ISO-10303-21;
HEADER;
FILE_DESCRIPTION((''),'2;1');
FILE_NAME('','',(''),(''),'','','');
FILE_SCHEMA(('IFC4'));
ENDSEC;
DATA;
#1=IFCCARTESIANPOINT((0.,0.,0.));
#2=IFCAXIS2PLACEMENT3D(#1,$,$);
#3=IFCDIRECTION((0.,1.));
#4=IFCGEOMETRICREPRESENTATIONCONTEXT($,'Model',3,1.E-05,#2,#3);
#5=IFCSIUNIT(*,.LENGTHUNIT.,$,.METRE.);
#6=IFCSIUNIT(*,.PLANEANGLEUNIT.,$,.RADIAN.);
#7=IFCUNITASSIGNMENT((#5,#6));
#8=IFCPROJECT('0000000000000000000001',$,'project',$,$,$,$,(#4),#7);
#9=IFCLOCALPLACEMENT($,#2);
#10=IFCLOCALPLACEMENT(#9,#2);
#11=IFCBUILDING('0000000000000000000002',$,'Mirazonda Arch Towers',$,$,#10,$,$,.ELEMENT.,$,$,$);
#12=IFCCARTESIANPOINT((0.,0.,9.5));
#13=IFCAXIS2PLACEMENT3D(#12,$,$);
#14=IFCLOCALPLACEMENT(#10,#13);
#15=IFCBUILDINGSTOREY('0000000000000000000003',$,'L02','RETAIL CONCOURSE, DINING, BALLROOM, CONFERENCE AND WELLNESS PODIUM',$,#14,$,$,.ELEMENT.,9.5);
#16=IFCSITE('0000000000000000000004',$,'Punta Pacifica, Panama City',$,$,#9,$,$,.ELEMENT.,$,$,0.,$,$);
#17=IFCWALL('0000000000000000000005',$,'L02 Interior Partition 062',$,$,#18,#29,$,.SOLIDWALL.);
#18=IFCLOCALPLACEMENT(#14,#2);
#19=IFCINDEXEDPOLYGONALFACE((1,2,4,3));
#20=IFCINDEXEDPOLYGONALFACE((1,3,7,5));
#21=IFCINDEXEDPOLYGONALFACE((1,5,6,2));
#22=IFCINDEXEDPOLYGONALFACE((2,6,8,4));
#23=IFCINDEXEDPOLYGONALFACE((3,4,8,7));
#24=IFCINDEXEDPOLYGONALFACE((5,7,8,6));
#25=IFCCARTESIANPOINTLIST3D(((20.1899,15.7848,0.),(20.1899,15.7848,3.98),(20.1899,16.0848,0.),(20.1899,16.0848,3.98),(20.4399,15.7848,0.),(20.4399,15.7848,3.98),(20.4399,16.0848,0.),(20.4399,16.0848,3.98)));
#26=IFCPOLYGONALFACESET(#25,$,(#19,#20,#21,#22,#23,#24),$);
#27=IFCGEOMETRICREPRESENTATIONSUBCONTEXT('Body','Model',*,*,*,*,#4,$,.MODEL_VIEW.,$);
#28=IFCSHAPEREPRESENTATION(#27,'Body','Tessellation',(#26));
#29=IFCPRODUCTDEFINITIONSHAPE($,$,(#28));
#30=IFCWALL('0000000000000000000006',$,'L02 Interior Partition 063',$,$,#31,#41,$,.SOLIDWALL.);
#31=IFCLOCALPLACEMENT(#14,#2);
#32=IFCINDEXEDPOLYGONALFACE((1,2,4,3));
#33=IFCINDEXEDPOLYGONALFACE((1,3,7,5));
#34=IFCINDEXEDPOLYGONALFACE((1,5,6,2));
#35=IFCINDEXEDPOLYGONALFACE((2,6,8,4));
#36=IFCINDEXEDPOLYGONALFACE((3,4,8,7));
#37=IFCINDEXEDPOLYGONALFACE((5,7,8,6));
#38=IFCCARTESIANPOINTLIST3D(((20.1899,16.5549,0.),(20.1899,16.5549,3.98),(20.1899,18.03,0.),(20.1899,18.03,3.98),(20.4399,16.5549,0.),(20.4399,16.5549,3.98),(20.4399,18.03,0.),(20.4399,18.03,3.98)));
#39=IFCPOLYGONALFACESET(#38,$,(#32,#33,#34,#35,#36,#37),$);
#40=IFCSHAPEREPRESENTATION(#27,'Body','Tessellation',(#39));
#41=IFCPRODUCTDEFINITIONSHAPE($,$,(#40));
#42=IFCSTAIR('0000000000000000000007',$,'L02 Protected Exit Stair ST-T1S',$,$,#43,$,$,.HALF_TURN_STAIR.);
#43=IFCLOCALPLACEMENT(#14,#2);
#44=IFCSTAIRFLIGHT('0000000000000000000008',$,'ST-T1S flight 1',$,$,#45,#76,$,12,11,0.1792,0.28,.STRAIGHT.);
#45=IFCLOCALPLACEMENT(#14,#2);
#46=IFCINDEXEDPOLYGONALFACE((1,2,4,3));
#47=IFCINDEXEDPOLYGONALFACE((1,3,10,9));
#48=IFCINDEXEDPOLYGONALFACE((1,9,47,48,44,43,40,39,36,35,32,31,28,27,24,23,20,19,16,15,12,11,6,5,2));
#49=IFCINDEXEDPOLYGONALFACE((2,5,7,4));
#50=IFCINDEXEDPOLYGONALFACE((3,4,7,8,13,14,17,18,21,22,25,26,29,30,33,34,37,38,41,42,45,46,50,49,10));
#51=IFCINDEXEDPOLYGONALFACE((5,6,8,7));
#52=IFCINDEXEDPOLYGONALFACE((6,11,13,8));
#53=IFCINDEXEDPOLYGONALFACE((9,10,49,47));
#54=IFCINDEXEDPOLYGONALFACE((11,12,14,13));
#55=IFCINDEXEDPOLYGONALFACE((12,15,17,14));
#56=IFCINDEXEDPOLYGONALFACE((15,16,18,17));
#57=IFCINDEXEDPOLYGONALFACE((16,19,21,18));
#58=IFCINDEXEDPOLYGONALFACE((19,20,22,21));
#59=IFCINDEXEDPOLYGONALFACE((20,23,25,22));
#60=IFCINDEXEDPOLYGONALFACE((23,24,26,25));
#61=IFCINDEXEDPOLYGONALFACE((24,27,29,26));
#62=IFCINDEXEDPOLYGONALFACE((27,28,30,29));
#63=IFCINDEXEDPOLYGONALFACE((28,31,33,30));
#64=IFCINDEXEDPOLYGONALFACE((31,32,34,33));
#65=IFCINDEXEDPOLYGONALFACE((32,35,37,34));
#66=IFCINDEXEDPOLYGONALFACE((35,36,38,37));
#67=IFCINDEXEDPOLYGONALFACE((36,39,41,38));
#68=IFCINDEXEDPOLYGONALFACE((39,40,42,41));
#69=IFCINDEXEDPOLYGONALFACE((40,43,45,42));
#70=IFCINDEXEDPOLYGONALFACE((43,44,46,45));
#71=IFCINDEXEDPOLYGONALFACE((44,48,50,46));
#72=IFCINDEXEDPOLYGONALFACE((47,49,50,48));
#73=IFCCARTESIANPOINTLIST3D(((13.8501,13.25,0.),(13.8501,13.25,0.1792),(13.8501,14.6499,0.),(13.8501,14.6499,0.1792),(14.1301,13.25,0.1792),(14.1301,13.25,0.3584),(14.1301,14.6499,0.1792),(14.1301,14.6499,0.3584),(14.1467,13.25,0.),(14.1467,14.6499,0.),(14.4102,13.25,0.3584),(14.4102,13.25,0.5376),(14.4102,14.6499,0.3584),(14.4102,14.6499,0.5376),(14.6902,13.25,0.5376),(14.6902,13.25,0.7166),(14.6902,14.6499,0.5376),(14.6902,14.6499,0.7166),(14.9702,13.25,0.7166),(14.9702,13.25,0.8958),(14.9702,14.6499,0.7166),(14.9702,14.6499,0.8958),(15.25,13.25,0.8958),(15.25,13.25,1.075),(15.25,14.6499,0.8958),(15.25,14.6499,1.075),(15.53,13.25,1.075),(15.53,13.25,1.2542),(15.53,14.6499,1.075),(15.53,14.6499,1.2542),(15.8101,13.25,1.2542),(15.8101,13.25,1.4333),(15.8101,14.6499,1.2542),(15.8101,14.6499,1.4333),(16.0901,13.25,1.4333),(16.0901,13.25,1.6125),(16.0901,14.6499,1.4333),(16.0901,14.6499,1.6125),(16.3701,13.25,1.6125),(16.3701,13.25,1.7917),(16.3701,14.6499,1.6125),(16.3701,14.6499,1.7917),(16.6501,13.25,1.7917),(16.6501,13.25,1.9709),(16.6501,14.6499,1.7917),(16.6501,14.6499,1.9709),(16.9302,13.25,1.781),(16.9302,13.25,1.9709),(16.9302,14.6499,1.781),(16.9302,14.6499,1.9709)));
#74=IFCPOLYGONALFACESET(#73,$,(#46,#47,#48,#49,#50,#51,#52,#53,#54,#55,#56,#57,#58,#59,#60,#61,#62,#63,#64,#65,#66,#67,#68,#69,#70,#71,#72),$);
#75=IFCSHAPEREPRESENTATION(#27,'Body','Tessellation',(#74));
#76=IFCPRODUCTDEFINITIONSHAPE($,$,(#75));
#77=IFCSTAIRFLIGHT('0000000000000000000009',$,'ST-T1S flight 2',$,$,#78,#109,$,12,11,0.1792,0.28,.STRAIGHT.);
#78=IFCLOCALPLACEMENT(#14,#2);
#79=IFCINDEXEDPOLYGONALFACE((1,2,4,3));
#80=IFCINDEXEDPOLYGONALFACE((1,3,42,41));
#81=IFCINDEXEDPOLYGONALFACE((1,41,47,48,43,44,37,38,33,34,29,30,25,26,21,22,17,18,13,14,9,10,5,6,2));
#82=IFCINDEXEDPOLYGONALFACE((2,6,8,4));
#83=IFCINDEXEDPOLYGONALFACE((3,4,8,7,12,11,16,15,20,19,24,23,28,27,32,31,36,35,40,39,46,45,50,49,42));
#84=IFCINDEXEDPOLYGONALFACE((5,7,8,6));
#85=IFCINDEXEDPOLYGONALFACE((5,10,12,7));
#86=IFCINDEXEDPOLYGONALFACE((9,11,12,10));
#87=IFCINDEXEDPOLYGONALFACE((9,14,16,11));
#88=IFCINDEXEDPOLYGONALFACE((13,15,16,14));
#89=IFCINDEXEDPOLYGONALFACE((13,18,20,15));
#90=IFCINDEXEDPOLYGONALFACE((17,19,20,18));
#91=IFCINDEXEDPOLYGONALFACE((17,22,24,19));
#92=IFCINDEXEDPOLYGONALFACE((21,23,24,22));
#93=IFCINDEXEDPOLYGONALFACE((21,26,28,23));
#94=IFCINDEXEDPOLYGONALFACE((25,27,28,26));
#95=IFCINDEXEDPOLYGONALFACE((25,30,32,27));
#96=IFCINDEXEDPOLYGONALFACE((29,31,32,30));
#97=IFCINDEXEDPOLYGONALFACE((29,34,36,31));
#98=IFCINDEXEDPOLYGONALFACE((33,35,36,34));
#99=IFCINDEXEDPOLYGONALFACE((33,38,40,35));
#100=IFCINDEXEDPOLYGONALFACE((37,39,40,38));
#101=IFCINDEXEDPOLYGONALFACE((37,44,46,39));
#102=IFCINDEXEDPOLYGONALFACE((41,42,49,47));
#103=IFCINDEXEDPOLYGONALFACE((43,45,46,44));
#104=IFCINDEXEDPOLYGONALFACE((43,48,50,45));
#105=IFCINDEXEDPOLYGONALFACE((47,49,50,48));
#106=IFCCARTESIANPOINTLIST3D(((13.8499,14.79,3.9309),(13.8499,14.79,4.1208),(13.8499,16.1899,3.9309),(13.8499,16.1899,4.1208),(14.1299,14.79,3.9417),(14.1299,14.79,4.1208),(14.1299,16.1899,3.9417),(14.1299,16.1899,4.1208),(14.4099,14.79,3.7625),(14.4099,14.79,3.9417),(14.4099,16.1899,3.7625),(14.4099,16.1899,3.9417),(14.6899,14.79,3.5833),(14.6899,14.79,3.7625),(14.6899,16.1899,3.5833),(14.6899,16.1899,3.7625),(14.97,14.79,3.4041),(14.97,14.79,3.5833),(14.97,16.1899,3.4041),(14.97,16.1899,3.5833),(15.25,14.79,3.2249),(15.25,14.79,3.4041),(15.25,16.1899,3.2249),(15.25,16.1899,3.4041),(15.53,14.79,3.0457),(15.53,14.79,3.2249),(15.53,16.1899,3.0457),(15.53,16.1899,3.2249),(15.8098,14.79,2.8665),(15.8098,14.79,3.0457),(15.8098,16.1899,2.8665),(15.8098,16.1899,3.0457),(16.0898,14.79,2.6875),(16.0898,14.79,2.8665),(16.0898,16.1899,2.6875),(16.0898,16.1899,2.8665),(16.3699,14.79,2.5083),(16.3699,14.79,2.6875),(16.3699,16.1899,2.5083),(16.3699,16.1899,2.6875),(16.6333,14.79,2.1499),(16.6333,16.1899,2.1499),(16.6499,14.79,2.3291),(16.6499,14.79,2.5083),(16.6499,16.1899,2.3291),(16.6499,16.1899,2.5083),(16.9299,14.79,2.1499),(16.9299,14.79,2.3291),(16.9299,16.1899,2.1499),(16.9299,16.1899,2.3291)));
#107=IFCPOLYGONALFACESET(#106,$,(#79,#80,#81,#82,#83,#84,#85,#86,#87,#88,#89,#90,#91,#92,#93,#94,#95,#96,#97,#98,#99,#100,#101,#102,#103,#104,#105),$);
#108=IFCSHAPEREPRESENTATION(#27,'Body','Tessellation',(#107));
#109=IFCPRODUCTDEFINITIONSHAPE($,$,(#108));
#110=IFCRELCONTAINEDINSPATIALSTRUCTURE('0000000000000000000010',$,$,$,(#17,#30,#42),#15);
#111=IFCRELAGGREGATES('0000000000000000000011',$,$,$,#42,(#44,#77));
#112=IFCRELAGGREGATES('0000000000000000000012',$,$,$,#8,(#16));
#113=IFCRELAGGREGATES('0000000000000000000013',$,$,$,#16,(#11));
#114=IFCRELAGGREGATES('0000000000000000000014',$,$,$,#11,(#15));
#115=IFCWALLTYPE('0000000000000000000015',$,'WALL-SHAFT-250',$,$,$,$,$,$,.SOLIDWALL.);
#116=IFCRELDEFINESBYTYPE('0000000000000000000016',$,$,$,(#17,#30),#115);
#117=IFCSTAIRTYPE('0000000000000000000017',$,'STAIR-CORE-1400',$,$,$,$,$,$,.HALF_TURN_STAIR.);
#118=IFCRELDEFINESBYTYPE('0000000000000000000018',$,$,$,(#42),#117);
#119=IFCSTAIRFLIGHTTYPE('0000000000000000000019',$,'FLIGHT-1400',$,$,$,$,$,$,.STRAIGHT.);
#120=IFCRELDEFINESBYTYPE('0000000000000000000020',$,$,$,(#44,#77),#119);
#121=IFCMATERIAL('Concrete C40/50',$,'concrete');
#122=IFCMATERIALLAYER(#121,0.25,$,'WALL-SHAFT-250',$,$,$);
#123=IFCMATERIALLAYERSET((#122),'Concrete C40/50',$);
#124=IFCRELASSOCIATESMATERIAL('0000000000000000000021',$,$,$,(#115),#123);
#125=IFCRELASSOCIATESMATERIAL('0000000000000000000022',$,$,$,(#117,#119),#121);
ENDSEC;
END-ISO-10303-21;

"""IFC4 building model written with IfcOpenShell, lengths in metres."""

from ifc_helpers import new_model, si_unit, direction, frame, frame_2d, origin, place, context, subcontext, project, spatial, polyline, rectangle, outline, extrude, material, layer, layer_set, type_object, element, aggregate, save


model = new_model("IFC4")

# Units and contexts
model_context = context("Model", 3, precision=1e-05, world=origin(), true_north=direction((0.0, 1.0)))
body_context = subcontext(model_context, "Body", "Model", "MODEL_VIEW")
ifc_project = project(units=[si_unit("LENGTHUNIT", "METRE"), si_unit("PLANEANGLEUNIT", "RADIAN")], contexts=[model_context])

# Site, building, storey
site_placement = place(None, origin())
site = spatial("IfcSite", under=ifc_project, at=site_placement, Name="Punta Pacifica, Panama City", CompositionType="ELEMENT", RefElevation=0.0)
building_placement = place(site_placement, origin())
building = spatial("IfcBuilding", under=site, at=building_placement, Name="Mirazonda Arch Towers", CompositionType="ELEMENT")
storey_placement = place(building_placement, frame((0.0, 0.0, 9.5)))
storey = spatial("IfcBuildingStorey", under=building, at=storey_placement, Name="L02", Description="RETAIL CONCOURSE, DINING, BALLROOM, CONFERENCE AND WELLNESS PODIUM", CompositionType="ELEMENT", Elevation=9.5)

# Walls
ifc_material_1 = material(Name="Concrete C40/50", Category="concrete")
ifc_layer_1 = layer(ifc_material_1, 0.25, Name="WALL-SHAFT-250")
ifc_layer_set_1 = layer_set([ifc_layer_1], Name="Concrete C40/50")
wall_type_1 = type_object("IfcWallType", Name="WALL-SHAFT-250", PredefinedType="SOLIDWALL", material=ifc_layer_set_1)
wall_1_placement = place(storey_placement, frame((20.3149, 15.7849, 0.0), z_axis=(0.0, 0.0, 1.0), x_axis=(0.0, 1.0, 0.0)))
element("IfcWall", 1, at=wall_1_placement, inside=storey, type_object=wall_type_1, Name="L02 Interior Partition 062", PredefinedType="SOLIDWALL", context=body_context, shape_type="SweptSolid", body=[
    extrude(rectangle(XDim=0.3, YDim=0.25, at=frame_2d((0.1499, 0.0))), origin(), (0.0, 0.0, 1.0), 3.98),
])
wall_2_placement = place(storey_placement, frame((20.3149, 16.5549, 0.0), z_axis=(0.0, 0.0, 1.0), x_axis=(0.0, 1.0, 0.0)))
element("IfcWall", 2, at=wall_2_placement, inside=storey, type_object=wall_type_1, Name="L02 Interior Partition 063", PredefinedType="SOLIDWALL", context=body_context, shape_type="SweptSolid", body=[
    extrude(rectangle(XDim=1.4751, YDim=0.25, at=frame_2d((0.7375, 0.0))), origin(), (0.0, 0.0, 1.0), 3.98),
])

# Stair, stair flights
stair_type = type_object("IfcStairType", Name="STAIR-CORE-1400", PredefinedType="HALF_TURN_STAIR", material=ifc_material_1)
stair_placement = place(storey_placement, origin())
stair = element("IfcStair", 3, at=stair_placement, inside=storey, type_object=stair_type, Name="L02 Protected Exit Stair ST-T1S", PredefinedType="HALF_TURN_STAIR")
stair_flight_type = type_object("IfcStairFlightType", Name="FLIGHT-1400", PredefinedType="STRAIGHT", material=ifc_material_1)
stair_flight_1_placement = place(storey_placement, frame((13.8501, 13.95, 0.0), z_axis=(0.0, 0.0, 1.0), x_axis=(1.0, 0.0, 0.0)))
stair_flight_1 = element("IfcStairFlight", 4, at=stair_flight_1_placement, type_object=stair_flight_type, Name="ST-T1S flight 1", NumberOfRisers=12, NumberOfTreads=11, PredefinedType="STRAIGHT", RiserHeight=0.1792, TreadLength=0.28, context=body_context, shape_type="SweptSolid", body=[
    extrude(outline(polyline([(0.0, 0.0), (0.0, 0.1792), (0.28, 0.1792), (0.28, 0.3584), (0.5601, 0.3584), (0.5601, 0.5376), (0.8401, 0.5376), (0.8401, 0.7166), (1.1201, 0.7166), (1.1201, 0.8958), (1.3999, 0.8958), (1.3999, 1.075), (1.6799, 1.075), (1.6799, 1.2542), (1.96, 1.2542), (1.96, 1.4333), (2.24, 1.4333), (2.24, 1.6125), (2.52, 1.6125), (2.52, 1.7917), (2.8, 1.7917), (2.8, 1.9709), (3.0801, 1.9709), (3.0801, 2.1499), (3.0801, 1.781), (0.2966, 0.0), (0.0, 0.0)])), frame((0.0, 0.7, 0.0), z_axis=(0.0, -1.0, 0.0), x_axis=(1.0, 0.0, 0.0)), (0.0, 0.0, 1.0), 1.3999),
])
stair_flight_2_placement = place(storey_placement, frame((16.9299, 15.49, 2.1499), z_axis=(0.0, 0.0, 1.0), x_axis=(-1.0, 0.0, 0.0)))
stair_flight_2 = element("IfcStairFlight", 5, at=stair_flight_2_placement, type_object=stair_flight_type, Name="ST-T1S flight 2", NumberOfRisers=12, NumberOfTreads=11, PredefinedType="STRAIGHT", RiserHeight=0.1792, TreadLength=0.28, context=body_context, shape_type="SweptSolid", body=[
    extrude(outline(polyline([(0.0, 0.0), (0.0, 0.1792), (0.28, 0.1792), (0.28, 0.3584), (0.5601, 0.3584), (0.5601, 0.5376), (0.8401, 0.5376), (0.8401, 0.7166), (1.1201, 0.7166), (1.1201, 0.8958), (1.3999, 0.8958), (1.3999, 1.075), (1.6799, 1.075), (1.6799, 1.2542), (1.96, 1.2542), (1.96, 1.4333), (2.24, 1.4333), (2.24, 1.6125), (2.52, 1.6125), (2.52, 1.7917), (2.8, 1.7917), (2.8, 1.9709), (3.0801, 1.9709), (3.0801, 2.1499), (3.0801, 1.781), (0.2966, 0.0), (0.0, 0.0)])), frame((0.0, 0.7, 0.0), z_axis=(0.0, -1.0, 0.0), x_axis=(1.0, 0.0, 0.0)), (0.0, 0.0, 1.0), 1.3999),
])
aggregate(stair, [stair_flight_1, stair_flight_2])

save(model, "model.ifc")
